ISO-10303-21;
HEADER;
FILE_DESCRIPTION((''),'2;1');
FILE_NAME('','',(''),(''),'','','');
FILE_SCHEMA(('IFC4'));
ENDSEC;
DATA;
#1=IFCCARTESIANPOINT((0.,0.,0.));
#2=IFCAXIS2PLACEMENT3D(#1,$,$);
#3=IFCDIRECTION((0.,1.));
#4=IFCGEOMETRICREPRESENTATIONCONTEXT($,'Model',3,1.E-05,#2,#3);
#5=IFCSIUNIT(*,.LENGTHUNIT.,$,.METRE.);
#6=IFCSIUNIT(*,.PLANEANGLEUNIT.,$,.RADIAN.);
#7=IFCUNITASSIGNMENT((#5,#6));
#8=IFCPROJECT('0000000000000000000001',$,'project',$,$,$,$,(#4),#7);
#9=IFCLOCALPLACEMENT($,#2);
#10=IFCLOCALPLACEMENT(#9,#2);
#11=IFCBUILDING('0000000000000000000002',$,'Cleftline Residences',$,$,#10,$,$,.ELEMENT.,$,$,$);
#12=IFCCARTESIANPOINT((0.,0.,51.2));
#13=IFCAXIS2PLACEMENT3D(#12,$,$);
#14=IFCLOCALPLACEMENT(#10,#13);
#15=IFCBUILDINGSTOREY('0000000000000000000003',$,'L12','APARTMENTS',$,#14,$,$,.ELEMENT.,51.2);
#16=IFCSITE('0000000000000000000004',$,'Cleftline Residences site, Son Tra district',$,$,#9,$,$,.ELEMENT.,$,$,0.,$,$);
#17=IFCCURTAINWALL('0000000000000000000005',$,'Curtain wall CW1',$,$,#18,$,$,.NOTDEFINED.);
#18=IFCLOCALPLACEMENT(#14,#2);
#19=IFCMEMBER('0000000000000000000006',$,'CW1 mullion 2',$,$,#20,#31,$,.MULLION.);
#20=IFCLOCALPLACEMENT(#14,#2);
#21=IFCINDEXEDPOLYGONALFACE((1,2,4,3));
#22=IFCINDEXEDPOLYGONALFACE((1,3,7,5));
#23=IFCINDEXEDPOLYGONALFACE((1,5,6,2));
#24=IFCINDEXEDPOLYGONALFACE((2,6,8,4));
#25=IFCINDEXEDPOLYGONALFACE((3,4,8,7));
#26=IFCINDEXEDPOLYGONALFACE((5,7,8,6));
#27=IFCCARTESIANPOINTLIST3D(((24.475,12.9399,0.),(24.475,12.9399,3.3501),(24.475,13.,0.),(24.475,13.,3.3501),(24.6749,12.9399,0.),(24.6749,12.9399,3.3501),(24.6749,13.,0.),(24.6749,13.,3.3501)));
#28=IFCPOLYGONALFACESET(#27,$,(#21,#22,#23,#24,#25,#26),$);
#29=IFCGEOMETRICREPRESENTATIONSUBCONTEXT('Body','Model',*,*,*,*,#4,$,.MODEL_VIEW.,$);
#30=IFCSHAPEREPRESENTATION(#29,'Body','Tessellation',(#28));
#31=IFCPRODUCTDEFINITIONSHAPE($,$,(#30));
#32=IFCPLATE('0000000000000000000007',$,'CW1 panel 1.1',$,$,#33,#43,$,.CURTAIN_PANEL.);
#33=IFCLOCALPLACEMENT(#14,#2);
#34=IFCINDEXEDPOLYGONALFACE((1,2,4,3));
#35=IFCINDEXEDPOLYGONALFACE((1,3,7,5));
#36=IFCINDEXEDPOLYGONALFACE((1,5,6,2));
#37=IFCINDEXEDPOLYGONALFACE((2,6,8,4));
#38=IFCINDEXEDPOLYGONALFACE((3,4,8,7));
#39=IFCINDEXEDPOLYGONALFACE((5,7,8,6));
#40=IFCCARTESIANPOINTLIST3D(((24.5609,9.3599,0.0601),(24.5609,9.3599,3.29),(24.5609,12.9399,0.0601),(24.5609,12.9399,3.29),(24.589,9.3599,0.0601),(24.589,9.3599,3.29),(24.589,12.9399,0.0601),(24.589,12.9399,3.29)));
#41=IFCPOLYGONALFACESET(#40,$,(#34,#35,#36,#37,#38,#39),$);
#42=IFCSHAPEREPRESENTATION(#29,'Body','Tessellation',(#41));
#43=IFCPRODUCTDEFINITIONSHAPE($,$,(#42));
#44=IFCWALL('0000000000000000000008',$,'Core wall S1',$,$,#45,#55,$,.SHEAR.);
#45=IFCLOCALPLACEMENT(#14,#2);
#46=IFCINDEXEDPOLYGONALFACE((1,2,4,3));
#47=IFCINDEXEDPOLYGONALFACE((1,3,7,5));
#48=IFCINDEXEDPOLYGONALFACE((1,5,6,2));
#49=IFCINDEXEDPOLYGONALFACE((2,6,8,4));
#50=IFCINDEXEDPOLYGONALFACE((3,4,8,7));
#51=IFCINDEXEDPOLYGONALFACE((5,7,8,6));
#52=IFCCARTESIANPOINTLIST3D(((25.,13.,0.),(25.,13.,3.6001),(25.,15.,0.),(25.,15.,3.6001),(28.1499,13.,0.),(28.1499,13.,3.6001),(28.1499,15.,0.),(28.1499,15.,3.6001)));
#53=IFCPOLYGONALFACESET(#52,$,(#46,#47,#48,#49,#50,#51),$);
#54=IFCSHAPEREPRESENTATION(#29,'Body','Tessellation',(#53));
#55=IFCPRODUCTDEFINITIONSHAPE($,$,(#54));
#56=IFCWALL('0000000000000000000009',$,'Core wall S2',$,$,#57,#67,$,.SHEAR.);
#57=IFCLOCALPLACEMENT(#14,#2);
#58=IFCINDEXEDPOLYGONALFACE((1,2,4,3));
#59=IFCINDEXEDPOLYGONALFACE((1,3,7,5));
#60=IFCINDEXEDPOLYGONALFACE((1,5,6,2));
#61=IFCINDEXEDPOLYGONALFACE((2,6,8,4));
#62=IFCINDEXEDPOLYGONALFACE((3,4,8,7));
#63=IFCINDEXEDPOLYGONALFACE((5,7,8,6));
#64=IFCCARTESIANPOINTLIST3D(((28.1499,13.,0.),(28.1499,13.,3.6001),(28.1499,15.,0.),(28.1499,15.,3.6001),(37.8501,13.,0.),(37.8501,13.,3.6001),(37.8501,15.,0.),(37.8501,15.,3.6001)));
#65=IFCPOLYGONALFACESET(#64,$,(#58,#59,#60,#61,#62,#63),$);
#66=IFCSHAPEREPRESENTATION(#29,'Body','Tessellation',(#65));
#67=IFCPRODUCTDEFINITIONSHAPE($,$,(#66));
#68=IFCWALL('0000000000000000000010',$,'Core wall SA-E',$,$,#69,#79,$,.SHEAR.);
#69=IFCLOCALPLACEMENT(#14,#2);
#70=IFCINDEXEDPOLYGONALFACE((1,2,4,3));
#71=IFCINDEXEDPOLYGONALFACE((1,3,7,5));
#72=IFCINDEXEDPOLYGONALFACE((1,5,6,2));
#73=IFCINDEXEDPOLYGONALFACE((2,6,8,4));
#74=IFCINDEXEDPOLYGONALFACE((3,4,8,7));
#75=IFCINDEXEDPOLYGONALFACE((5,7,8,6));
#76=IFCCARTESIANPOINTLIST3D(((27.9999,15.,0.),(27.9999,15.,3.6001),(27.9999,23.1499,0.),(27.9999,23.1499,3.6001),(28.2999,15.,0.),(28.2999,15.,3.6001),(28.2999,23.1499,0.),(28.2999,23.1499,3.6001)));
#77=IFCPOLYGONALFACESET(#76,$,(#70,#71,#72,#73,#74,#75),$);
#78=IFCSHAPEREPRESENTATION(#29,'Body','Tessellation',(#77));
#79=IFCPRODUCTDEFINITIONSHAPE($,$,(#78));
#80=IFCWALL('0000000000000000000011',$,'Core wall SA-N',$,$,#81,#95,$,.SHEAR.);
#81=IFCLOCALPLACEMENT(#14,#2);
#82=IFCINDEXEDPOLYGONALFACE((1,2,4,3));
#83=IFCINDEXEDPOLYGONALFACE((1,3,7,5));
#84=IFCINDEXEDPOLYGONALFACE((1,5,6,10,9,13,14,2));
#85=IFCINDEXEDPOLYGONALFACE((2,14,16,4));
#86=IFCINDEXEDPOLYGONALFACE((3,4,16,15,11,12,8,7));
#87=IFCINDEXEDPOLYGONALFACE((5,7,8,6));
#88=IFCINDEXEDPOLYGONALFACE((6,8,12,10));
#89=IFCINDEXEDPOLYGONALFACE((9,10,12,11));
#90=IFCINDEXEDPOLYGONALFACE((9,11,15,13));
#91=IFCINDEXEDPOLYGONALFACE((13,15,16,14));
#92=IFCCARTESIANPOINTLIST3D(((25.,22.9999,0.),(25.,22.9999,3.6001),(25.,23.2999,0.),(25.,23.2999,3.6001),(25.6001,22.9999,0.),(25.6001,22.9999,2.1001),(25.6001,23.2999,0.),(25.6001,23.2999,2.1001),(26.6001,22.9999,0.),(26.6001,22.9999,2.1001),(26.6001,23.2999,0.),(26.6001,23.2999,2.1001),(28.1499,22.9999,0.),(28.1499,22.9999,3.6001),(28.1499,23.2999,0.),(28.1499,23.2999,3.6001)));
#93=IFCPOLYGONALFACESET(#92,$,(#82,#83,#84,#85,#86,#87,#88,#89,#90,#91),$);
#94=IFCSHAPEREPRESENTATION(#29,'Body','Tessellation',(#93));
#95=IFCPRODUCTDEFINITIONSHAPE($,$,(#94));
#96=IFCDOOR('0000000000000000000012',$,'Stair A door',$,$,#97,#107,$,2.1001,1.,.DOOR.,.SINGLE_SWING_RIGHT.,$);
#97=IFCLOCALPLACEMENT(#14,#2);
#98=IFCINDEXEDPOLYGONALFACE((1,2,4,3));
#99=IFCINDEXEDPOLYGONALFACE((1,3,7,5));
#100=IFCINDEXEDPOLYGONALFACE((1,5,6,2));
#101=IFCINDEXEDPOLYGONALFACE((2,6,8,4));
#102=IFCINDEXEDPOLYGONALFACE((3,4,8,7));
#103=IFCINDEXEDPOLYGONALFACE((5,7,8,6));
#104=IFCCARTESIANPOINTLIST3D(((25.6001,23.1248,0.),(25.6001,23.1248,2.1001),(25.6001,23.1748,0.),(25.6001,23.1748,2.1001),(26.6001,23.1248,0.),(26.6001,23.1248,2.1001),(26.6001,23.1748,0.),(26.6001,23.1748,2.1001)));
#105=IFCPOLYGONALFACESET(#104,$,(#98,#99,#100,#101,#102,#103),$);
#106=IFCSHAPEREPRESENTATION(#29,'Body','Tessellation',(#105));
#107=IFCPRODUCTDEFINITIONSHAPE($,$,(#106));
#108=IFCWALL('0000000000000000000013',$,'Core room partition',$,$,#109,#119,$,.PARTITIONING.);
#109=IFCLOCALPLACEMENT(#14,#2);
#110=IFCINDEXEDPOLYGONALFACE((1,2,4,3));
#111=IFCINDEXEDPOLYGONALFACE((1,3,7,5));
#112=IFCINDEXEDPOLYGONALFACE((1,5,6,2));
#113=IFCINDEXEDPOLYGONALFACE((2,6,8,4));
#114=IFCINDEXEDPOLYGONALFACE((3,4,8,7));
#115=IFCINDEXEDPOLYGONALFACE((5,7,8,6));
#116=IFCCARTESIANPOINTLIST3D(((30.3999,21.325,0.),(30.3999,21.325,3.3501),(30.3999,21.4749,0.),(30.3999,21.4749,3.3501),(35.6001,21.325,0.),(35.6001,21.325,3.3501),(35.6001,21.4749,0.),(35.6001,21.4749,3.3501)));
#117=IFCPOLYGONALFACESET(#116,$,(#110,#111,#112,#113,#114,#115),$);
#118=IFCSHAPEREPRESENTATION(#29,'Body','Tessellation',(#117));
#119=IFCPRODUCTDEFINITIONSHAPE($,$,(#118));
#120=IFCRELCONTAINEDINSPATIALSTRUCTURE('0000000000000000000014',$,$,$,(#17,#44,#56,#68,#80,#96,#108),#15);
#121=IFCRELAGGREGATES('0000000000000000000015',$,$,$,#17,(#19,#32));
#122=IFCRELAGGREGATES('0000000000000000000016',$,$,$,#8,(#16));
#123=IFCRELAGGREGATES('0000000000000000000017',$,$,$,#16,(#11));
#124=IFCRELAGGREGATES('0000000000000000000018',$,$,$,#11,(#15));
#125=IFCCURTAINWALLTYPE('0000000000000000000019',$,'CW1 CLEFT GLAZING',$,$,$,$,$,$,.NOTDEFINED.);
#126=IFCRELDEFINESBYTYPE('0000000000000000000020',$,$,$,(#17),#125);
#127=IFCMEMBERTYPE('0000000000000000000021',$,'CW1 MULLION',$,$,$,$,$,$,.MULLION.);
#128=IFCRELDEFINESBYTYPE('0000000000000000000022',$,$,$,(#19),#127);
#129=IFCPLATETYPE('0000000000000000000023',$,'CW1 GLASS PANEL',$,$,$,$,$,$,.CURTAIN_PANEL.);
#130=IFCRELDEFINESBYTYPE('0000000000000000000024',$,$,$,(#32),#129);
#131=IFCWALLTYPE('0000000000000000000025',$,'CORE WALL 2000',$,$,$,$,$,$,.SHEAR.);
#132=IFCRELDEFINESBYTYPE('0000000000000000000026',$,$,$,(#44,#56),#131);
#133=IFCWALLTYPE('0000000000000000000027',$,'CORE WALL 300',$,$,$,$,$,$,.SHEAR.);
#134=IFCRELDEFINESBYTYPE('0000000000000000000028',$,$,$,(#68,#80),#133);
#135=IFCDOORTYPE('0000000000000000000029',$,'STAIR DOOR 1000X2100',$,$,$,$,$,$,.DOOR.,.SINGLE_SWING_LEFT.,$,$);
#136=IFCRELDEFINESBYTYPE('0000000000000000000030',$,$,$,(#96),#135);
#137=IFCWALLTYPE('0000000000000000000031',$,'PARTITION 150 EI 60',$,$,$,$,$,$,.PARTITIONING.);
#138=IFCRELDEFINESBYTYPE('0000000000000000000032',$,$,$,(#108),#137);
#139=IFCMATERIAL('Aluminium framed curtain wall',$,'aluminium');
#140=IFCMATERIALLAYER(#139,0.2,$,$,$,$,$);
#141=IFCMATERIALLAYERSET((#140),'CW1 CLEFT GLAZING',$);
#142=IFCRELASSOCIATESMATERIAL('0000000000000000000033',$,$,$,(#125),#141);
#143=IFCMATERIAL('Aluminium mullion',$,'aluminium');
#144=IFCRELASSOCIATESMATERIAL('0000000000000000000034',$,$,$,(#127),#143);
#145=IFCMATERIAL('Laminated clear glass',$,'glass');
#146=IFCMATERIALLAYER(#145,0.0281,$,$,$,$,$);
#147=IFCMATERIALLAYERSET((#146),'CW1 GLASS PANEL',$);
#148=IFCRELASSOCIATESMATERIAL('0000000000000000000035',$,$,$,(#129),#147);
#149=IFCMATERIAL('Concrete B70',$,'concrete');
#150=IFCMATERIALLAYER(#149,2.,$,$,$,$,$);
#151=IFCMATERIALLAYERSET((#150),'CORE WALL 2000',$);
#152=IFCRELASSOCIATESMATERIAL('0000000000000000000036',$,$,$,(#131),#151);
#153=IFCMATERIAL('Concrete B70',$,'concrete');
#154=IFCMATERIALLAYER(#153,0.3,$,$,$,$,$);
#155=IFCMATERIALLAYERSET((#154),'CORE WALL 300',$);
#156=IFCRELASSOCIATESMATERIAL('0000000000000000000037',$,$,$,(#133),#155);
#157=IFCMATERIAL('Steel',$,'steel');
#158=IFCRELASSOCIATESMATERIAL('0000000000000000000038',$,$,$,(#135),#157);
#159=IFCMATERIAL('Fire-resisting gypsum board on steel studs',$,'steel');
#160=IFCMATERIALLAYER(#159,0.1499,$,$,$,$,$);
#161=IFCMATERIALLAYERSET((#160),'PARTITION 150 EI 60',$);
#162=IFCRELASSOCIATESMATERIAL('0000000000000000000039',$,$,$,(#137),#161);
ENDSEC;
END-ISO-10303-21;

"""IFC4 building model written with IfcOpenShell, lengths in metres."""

from ifc_helpers import new_model, si_unit, direction, frame, frame_2d, origin, origin_2d, place, context, subcontext, project, spatial, rectangle, extrude, material, layer, layer_set, material_profile, profile_set, type_object, element, fill, aggregate, save


model = new_model("IFC4")

# Units and contexts
model_context = context("Model", 3, precision=1e-05, world=origin(), true_north=direction((0.0, 1.0)))
body_context = subcontext(model_context, "Body", "Model", "MODEL_VIEW")
ifc_project = project(units=[si_unit("LENGTHUNIT", "METRE"), si_unit("PLANEANGLEUNIT", "RADIAN")], contexts=[model_context])

# Site, building, storey
site_placement = place(None, origin())
site = spatial("IfcSite", under=ifc_project, at=site_placement, Name="Cleftline Residences site, Son Tra district", CompositionType="ELEMENT", RefElevation=0.0)
building_placement = place(site_placement, origin())
building = spatial("IfcBuilding", under=site, at=building_placement, Name="Cleftline Residences", CompositionType="ELEMENT")
storey_placement = place(building_placement, frame((0.0, 0.0, 51.2)))
storey = spatial("IfcBuildingStorey", under=building, at=storey_placement, Name="L12", Description="APARTMENTS", CompositionType="ELEMENT", Elevation=51.2)

# Curtain wall, member, plate
ifc_material_1 = material(Name="Aluminium framed curtain wall", Category="aluminium")
ifc_layer_1 = layer(ifc_material_1, 0.2)
ifc_layer_set_1 = layer_set([ifc_layer_1], Name="CW1 CLEFT GLAZING")
curtain_wall_type = type_object("IfcCurtainWallType", Name="CW1 CLEFT GLAZING", PredefinedType="NOTDEFINED", material=ifc_layer_set_1)
curtain_wall_placement = place(storey_placement, origin())
curtain_wall = element("IfcCurtainWall", 1, at=curtain_wall_placement, inside=storey, type_object=curtain_wall_type, Name="Curtain wall CW1", PredefinedType="NOTDEFINED")
ifc_material_2 = material(Name="Aluminium mullion", Category="aluminium")
ifc_material_profile = material_profile(ifc_material_2, rectangle(XDim=0.2, YDim=0.0601, at=origin_2d()))
ifc_profile_set = profile_set([ifc_material_profile], Name="Aluminium mullion")
member_type = type_object("IfcMemberType", Name="CW1 MULLION", PredefinedType="MULLION", material=ifc_profile_set)
member_placement = place(storey_placement, frame((24.575, 12.97, 0.0), z_axis=(0.0, 0.0, 1.0), x_axis=(-1.0, 0.0, 0.0)))
member = element("IfcMember", 2, at=member_placement, type_object=member_type, Name="CW1 mullion 2", PredefinedType="MULLION", context=body_context, shape_type="SweptSolid", body=[
    extrude(rectangle(XDim=0.2, YDim=0.0601, at=origin_2d()), origin(), (0.0, 0.0, 1.0), 3.3501),
])
ifc_material_3 = material(Name="Laminated clear glass", Category="glass")
ifc_layer_2 = layer(ifc_material_3, 0.0281)
ifc_layer_set_2 = layer_set([ifc_layer_2], Name="CW1 GLASS PANEL")
plate_type = type_object("IfcPlateType", Name="CW1 GLASS PANEL", PredefinedType="CURTAIN_PANEL", material=ifc_layer_set_2)
plate_placement = place(storey_placement, frame((24.575, 11.1499, 0.0601), z_axis=(0.0, 0.0, 1.0), x_axis=(0.0, 1.0, 0.0)))
plate = element("IfcPlate", 3, at=plate_placement, type_object=plate_type, Name="CW1 panel 1.1", PredefinedType="CURTAIN_PANEL", context=body_context, shape_type="SweptSolid", body=[
    extrude(rectangle(XDim=3.5801, YDim=0.0281, at=origin_2d()), origin(), (0.0, 0.0, 1.0), 3.23),
])
aggregate(curtain_wall, [member, plate])

# Walls
ifc_material_4 = material(Name="Concrete B70", Category="concrete")
ifc_layer_3 = layer(ifc_material_4, 2.0)
ifc_layer_set_3 = layer_set([ifc_layer_3], Name="CORE WALL 2000")
wall_type_1 = type_object("IfcWallType", Name="CORE WALL 2000", PredefinedType="SHEAR", material=ifc_layer_set_3)
wall_1_placement = place(storey_placement, frame((25.0, 14.0, 0.0), z_axis=(0.0, 0.0, 1.0), x_axis=(1.0, 0.0, 0.0)))
element("IfcWall", 4, at=wall_1_placement, inside=storey, type_object=wall_type_1, Name="Core wall S1", PredefinedType="SHEAR", context=body_context, shape_type="SweptSolid", body=[
    extrude(rectangle(XDim=3.1499, YDim=2.0, at=frame_2d((1.575, 0.0))), origin(), (0.0, 0.0, 1.0), 3.6001),
])
wall_2_placement = place(storey_placement, frame((28.1499, 14.0, 0.0), z_axis=(0.0, 0.0, 1.0), x_axis=(1.0, 0.0, 0.0)))
element("IfcWall", 5, at=wall_2_placement, inside=storey, type_object=wall_type_1, Name="Core wall S2", PredefinedType="SHEAR", context=body_context, shape_type="SweptSolid", body=[
    extrude(rectangle(XDim=9.7002, YDim=2.0, at=frame_2d((4.8501, 0.0))), origin(), (0.0, 0.0, 1.0), 3.6001),
])
ifc_material_5 = material(Name="Concrete B70", Category="concrete")
ifc_layer_4 = layer(ifc_material_5, 0.3)
ifc_layer_set_4 = layer_set([ifc_layer_4], Name="CORE WALL 300")
wall_type_2 = type_object("IfcWallType", Name="CORE WALL 300", PredefinedType="SHEAR", material=ifc_layer_set_4)
wall_3_placement = place(storey_placement, frame((28.1499, 15.0, 0.0), z_axis=(0.0, 0.0, 1.0), x_axis=(0.0, 1.0, 0.0)))
element("IfcWall", 6, at=wall_3_placement, inside=storey, type_object=wall_type_2, Name="Core wall SA-E", PredefinedType="SHEAR", context=body_context, shape_type="SweptSolid", body=[
    extrude(rectangle(XDim=8.1499, YDim=0.3, at=frame_2d((4.075, 0.0))), origin(), (0.0, 0.0, 1.0), 3.6001),
])

# Wall, opening, door
wall_4_placement = place(storey_placement, frame((25.0, 23.1499, 0.0), z_axis=(0.0, 0.0, 1.0), x_axis=(1.0, 0.0, 0.0)))
wall_4 = element("IfcWall", 7, at=wall_4_placement, inside=storey, type_object=wall_type_2, Name="Core wall SA-N", PredefinedType="SHEAR", context=body_context, shape_type="SweptSolid", body=[
    extrude(rectangle(XDim=3.1499, YDim=0.3, at=frame_2d((1.575, 0.0))), origin(), (0.0, 0.0, 1.0), 3.6001),
])
opening_1_placement = place(wall_4_placement, frame((0.6001, 0.0, 0.0)))
opening_1 = element("IfcOpeningElement", 8, at=opening_1_placement, cuts=wall_4, PredefinedType="OPENING", context=body_context, shape_type="SweptSolid", body=[
    extrude(rectangle(XDim=1.0, YDim=2.1001, at=frame_2d((0.5, 1.05))), frame((0.0, 0.1599, 0.0), z_axis=(0.0, -1.0, 0.0), x_axis=(1.0, 0.0, 0.0)), (0.0, 0.0, 1.0), 0.3201),
])
ifc_material_6 = material(Name="Steel", Category="steel")
door_type_1 = type_object("IfcDoorType", Name="STAIR DOOR 1000X2100", OperationType="SINGLE_SWING_LEFT", PredefinedType="DOOR", material=ifc_material_6)
door_1_placement = place(opening_1_placement, origin())
door_1 = element("IfcDoor", 9, at=door_1_placement, inside=storey, type_object=door_type_1, Name="Stair A door", OperationType="SINGLE_SWING_RIGHT", OverallHeight=2.1001, OverallWidth=1.0, PredefinedType="DOOR", context=body_context, shape_type="SweptSolid", body=[
    extrude(rectangle(XDim=1.0, YDim=2.1001, at=frame_2d((0.5, 1.05))), frame((0.0, 0.0249, 0.0), z_axis=(0.0, -1.0, 0.0), x_axis=(1.0, 0.0, 0.0)), (0.0, 0.0, 1.0), 0.05),
])
fill(opening_1, door_1)

# Wall
ifc_material_7 = material(Name="Fire-resisting gypsum board on steel studs", Category="steel")
ifc_layer_5 = layer(ifc_material_7, 0.1499)
ifc_layer_set_5 = layer_set([ifc_layer_5], Name="PARTITION 150 EI 60")
wall_type_3 = type_object("IfcWallType", Name="PARTITION 150 EI 60", PredefinedType="PARTITIONING", material=ifc_layer_set_5)
wall_5_placement = place(storey_placement, frame((30.3999, 21.3999, 0.0), z_axis=(0.0, 0.0, 1.0), x_axis=(1.0, 0.0, 0.0)))
element("IfcWall", 10, at=wall_5_placement, inside=storey, type_object=wall_type_3, Name="Core room partition", PredefinedType="PARTITIONING", context=body_context, shape_type="SweptSolid", body=[
    extrude(rectangle(XDim=5.2002, YDim=0.1499, at=frame_2d((2.6001, 0.0))), origin(), (0.0, 0.0, 1.0), 3.3501),
])

save(model, "model.ifc")
